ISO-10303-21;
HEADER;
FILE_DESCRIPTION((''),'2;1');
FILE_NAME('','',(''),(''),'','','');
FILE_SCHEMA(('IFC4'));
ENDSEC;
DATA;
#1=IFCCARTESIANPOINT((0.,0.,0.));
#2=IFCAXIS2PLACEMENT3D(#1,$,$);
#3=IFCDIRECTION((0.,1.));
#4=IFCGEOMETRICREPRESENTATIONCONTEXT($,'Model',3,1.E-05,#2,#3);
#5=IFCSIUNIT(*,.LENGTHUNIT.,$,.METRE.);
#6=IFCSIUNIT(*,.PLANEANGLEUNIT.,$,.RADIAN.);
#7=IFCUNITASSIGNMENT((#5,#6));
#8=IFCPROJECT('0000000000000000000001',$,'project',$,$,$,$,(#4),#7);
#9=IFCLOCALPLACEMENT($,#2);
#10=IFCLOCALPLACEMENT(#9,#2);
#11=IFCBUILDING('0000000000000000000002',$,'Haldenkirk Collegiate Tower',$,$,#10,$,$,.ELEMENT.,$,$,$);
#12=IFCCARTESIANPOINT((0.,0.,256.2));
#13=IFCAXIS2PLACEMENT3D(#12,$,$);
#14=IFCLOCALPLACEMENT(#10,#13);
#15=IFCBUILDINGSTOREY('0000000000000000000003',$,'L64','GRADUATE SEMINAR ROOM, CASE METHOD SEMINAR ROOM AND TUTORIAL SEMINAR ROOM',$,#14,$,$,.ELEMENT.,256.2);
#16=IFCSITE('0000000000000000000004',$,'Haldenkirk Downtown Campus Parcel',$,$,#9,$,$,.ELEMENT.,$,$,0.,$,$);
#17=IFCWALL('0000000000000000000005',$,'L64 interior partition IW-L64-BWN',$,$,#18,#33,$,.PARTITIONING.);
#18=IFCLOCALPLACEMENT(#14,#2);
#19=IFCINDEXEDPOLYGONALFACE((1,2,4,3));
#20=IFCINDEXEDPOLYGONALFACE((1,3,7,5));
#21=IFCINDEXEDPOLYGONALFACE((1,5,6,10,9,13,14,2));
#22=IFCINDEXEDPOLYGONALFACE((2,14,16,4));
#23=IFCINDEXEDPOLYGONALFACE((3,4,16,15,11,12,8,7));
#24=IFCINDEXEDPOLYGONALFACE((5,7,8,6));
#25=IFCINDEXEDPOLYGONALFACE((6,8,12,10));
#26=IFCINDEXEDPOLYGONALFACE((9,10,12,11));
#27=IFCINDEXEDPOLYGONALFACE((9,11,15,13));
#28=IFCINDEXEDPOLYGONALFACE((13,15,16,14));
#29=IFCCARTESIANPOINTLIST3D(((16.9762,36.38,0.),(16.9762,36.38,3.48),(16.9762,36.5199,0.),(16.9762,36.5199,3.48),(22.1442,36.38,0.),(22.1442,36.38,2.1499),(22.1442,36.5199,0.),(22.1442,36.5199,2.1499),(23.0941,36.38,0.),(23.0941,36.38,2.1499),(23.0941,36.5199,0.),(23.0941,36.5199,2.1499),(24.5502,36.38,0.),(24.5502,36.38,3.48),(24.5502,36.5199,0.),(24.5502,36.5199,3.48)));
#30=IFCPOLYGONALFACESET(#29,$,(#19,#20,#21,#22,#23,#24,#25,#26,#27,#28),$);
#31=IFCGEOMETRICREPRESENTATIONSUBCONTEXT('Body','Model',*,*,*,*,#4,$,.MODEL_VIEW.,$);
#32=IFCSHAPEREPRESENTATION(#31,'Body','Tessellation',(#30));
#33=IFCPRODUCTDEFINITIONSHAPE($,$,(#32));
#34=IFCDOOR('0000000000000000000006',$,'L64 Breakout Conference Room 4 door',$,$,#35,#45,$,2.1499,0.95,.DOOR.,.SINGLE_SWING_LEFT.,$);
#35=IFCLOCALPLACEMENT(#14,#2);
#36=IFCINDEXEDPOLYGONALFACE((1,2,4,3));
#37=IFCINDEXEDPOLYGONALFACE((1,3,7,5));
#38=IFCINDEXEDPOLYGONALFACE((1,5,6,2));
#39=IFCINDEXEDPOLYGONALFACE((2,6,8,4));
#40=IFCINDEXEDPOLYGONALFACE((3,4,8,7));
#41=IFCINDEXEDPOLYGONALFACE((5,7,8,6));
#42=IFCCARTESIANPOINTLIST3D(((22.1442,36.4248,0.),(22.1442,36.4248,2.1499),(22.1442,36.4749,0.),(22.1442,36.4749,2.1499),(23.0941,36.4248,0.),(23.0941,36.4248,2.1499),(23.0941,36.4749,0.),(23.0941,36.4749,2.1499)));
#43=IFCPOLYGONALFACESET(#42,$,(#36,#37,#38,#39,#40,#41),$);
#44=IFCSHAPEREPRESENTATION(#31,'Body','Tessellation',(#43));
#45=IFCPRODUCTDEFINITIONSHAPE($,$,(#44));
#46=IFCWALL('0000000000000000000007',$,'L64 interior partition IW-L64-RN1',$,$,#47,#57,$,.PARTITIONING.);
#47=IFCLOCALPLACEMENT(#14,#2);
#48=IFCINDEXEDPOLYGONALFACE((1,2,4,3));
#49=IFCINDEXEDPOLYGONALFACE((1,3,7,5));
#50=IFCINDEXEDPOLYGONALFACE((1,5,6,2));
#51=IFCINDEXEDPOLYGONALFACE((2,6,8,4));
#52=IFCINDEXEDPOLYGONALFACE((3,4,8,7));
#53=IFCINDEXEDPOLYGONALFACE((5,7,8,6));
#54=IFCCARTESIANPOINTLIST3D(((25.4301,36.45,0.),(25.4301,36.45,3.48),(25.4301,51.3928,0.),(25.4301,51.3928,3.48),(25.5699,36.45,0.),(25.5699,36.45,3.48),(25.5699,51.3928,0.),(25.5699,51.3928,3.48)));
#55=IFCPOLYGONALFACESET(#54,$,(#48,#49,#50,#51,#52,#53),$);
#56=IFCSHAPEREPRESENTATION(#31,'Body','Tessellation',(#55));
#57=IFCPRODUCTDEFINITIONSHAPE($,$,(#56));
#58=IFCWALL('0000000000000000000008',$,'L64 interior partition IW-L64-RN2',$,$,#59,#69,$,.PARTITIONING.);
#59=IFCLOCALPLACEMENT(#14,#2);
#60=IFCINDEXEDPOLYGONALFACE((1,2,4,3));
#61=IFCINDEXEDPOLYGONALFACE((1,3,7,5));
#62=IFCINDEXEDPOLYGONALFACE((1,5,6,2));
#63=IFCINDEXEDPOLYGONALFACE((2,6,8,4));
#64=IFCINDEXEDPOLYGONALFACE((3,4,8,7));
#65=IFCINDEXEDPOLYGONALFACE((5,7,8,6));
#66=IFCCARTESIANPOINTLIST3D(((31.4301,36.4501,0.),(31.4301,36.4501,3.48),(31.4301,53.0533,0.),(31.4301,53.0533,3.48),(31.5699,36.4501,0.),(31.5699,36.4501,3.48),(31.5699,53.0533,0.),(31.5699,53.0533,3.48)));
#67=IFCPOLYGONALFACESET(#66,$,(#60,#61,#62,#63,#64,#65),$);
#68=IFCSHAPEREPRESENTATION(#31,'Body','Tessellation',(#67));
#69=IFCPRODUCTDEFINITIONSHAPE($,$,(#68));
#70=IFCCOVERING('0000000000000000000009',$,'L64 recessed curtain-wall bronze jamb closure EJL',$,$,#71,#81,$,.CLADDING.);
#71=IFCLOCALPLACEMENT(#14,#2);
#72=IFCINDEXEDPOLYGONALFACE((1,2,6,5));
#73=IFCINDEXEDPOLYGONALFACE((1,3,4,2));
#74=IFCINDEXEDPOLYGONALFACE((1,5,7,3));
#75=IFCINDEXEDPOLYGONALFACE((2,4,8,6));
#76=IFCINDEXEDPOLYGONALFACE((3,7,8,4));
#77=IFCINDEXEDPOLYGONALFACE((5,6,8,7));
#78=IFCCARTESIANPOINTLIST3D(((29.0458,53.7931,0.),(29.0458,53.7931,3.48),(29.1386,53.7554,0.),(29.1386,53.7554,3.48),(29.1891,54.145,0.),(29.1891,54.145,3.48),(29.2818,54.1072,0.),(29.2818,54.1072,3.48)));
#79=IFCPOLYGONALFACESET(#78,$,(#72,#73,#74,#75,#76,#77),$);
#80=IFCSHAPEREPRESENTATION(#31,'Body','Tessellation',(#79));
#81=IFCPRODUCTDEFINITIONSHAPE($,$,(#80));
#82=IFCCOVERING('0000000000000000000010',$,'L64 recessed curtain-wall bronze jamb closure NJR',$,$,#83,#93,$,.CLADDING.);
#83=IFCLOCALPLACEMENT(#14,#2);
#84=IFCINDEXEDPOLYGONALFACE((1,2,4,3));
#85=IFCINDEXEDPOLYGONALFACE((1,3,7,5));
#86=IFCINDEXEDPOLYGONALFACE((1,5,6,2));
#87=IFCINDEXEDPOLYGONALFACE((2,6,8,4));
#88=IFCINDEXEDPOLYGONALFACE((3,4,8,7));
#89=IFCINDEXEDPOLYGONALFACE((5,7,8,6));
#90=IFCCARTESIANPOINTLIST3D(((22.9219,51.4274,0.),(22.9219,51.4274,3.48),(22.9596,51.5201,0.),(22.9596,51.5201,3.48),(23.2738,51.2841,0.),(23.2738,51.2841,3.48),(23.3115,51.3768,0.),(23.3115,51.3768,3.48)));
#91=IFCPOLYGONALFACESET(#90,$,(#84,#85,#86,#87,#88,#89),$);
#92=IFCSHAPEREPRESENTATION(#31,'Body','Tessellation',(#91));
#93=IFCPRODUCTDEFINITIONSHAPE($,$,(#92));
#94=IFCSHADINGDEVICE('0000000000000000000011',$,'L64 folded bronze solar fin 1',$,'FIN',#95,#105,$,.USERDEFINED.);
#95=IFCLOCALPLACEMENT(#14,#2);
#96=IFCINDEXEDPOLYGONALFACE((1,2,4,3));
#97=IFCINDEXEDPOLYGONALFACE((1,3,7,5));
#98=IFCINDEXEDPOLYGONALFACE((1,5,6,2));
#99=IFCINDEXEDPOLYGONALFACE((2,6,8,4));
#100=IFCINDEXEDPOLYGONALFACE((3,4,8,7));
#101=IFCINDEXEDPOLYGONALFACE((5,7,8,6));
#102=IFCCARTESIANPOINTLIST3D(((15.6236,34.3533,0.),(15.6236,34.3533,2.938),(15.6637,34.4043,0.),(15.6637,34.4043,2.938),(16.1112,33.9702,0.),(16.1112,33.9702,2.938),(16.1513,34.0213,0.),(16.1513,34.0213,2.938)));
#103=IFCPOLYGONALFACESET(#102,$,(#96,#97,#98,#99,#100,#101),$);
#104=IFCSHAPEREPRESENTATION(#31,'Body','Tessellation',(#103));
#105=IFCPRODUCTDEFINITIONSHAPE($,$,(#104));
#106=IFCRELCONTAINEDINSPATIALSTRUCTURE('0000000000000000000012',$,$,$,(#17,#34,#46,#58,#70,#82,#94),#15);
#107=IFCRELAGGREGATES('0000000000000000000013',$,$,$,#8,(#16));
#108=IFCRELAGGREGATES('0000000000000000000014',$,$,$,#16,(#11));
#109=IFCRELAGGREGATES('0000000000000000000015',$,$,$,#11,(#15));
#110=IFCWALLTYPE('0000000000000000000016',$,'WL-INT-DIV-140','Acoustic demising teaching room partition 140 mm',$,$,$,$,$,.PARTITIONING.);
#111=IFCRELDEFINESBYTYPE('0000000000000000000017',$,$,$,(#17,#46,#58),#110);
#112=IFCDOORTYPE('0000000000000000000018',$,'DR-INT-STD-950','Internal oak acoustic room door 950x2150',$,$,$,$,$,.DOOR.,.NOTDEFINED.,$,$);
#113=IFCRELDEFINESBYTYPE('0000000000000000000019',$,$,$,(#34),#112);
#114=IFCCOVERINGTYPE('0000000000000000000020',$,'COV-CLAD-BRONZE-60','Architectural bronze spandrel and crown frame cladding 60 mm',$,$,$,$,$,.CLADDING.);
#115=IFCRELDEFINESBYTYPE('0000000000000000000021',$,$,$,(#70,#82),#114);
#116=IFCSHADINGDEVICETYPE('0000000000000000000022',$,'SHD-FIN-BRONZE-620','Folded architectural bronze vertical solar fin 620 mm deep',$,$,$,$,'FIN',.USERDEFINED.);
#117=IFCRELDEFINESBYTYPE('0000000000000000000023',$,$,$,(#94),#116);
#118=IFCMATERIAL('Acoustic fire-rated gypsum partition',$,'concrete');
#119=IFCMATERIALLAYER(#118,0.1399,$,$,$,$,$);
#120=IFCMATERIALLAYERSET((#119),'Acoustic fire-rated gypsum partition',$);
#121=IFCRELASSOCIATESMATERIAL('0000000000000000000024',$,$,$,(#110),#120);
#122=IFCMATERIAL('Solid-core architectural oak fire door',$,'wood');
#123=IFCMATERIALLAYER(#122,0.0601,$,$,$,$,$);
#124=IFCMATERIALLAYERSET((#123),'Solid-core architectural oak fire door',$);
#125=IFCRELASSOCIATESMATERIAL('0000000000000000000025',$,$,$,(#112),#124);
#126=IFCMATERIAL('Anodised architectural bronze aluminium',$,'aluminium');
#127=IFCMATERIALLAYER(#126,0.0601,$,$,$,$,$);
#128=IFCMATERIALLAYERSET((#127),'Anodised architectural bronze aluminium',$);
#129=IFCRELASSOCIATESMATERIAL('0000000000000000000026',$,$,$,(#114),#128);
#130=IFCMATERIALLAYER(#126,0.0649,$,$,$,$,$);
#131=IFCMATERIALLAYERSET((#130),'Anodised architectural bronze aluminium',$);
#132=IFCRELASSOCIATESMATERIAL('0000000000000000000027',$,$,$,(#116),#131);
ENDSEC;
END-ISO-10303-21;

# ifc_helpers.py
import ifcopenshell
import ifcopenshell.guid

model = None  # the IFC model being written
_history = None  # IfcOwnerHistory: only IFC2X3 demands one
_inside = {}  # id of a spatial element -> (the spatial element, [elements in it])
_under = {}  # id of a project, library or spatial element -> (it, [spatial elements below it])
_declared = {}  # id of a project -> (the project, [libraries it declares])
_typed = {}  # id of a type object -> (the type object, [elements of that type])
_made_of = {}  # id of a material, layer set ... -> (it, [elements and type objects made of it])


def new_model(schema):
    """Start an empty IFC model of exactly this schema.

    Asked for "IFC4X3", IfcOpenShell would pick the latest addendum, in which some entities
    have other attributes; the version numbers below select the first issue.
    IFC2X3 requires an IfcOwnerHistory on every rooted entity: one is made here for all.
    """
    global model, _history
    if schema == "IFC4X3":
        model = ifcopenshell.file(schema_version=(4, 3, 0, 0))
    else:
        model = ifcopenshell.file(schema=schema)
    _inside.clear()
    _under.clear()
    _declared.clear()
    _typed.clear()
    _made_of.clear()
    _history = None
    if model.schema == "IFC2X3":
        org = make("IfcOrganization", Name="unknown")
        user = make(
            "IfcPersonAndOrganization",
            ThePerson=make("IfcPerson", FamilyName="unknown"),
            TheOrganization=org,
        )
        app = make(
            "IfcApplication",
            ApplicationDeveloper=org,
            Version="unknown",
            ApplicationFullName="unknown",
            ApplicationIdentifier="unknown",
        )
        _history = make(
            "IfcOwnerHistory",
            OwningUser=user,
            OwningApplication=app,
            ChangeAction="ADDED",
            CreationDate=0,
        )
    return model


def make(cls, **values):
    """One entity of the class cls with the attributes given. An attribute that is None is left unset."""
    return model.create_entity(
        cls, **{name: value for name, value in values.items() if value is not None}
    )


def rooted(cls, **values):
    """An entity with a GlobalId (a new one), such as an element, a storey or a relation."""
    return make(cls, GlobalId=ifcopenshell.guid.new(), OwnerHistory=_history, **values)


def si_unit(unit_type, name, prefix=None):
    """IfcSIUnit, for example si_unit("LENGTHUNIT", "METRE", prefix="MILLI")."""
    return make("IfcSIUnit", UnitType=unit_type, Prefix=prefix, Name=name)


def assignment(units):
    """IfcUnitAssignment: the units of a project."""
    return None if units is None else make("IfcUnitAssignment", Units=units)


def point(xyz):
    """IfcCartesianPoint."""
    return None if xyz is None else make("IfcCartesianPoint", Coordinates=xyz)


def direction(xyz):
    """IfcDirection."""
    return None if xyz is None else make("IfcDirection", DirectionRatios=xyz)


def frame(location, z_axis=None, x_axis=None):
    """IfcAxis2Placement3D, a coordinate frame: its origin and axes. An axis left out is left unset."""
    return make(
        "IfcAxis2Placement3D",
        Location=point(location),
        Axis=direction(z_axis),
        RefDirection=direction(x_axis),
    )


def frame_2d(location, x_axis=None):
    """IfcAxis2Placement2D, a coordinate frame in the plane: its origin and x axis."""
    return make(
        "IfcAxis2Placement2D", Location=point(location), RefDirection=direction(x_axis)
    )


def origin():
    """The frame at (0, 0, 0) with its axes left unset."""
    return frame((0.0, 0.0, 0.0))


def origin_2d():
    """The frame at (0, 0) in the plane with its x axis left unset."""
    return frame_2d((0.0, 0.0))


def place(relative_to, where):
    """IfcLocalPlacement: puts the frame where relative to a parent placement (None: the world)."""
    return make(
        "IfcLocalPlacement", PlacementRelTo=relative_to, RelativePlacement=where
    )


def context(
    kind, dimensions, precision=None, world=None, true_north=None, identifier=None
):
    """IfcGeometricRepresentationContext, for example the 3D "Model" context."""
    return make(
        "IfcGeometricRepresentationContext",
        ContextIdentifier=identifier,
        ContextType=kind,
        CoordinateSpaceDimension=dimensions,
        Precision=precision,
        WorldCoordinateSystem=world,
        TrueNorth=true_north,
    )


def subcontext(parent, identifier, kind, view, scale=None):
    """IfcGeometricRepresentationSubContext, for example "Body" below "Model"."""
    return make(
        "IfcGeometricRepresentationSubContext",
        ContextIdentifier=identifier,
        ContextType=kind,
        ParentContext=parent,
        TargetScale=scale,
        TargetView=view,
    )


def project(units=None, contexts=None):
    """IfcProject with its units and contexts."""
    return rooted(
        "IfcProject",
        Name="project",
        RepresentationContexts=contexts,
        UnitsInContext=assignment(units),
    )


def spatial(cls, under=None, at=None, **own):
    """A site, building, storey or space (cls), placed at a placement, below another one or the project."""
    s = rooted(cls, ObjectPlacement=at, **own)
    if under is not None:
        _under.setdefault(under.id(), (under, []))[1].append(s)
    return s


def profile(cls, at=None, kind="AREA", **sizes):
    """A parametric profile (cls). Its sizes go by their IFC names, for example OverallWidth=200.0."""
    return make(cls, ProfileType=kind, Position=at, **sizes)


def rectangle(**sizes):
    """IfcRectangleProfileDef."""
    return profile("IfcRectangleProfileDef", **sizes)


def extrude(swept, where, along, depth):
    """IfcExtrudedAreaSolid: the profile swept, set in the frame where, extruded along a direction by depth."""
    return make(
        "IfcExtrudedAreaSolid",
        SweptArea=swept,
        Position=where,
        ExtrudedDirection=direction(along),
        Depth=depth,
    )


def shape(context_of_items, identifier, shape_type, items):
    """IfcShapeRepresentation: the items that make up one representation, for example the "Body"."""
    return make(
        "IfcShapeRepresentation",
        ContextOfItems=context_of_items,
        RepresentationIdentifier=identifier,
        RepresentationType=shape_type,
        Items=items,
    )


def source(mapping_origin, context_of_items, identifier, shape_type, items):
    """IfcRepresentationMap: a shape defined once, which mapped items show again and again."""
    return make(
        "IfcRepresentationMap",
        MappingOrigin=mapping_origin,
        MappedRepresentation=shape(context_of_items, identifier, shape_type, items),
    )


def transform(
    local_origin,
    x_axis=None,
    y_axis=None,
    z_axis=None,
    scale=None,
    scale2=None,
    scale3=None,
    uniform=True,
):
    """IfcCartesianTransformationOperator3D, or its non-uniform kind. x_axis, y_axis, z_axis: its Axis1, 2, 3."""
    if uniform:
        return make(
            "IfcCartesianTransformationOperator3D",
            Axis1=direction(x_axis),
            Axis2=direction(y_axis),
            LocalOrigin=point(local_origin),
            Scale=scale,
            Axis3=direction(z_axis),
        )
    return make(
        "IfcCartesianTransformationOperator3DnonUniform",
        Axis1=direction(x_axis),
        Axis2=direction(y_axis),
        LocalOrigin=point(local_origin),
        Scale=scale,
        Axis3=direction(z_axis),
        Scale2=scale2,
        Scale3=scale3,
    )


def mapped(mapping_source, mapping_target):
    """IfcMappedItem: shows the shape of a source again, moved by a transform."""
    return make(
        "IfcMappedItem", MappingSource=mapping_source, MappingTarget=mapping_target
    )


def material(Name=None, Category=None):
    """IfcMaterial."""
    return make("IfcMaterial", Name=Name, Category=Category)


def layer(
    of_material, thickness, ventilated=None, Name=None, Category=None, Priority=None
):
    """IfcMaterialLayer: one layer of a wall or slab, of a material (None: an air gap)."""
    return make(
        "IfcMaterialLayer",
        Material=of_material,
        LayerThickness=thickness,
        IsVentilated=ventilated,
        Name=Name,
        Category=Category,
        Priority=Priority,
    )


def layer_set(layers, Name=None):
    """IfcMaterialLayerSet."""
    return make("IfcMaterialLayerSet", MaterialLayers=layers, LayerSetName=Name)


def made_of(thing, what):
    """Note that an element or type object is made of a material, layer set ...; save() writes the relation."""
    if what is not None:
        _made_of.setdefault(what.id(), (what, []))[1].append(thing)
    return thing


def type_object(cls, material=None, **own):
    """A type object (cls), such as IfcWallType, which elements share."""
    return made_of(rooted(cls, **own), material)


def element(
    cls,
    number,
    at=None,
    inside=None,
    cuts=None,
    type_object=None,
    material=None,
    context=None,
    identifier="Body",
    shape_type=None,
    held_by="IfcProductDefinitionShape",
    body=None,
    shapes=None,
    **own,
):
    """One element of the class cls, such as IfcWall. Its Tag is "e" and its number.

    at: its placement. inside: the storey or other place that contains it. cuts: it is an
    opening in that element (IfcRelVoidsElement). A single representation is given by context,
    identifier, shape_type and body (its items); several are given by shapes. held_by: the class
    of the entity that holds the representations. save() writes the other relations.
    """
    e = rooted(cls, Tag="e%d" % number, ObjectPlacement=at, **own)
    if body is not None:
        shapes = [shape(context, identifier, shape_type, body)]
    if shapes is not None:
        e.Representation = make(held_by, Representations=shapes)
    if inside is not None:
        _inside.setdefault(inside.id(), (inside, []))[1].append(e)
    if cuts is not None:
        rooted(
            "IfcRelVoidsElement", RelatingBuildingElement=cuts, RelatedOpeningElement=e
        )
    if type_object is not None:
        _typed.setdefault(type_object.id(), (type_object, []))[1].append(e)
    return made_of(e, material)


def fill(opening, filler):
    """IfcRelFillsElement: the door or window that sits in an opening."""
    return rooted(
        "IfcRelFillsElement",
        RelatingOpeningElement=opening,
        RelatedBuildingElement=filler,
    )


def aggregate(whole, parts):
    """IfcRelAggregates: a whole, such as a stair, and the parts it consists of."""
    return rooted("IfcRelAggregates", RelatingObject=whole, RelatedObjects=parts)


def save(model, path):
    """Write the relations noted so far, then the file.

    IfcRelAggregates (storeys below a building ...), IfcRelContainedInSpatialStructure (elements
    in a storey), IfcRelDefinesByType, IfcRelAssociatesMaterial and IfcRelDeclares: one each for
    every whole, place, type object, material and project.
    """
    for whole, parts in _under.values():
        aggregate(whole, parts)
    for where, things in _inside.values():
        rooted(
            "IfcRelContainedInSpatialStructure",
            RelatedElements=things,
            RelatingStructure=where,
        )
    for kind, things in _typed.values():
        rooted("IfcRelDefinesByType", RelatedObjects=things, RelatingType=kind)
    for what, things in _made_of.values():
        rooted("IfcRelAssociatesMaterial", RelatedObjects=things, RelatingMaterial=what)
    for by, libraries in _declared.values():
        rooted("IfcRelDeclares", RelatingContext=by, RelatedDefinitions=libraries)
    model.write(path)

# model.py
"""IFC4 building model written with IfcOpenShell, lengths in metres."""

from ifc_helpers import new_model, si_unit, direction, frame, frame_2d, origin, origin_2d, place, context, subcontext, project, spatial, rectangle, extrude, source, transform, mapped, material, layer, layer_set, type_object, element, fill, save


model = new_model("IFC4")

# Units and contexts
model_context = context("Model", 3, precision=1e-05, world=origin(), true_north=direction((0.0, 1.0)))
body_context = subcontext(model_context, "Body", "Model", "MODEL_VIEW")
ifc_project = project(units=[si_unit("LENGTHUNIT", "METRE"), si_unit("PLANEANGLEUNIT", "RADIAN")], contexts=[model_context])

# Site, building, storey
site_placement = place(None, origin())
site = spatial("IfcSite", under=ifc_project, at=site_placement, Name="Haldenkirk Downtown Campus Parcel", CompositionType="ELEMENT", RefElevation=0.0)
building_placement = place(site_placement, origin())
building = spatial("IfcBuilding", under=site, at=building_placement, Name="Haldenkirk Collegiate Tower", CompositionType="ELEMENT")
storey_placement = place(building_placement, frame((0.0, 0.0, 256.2)))
storey = spatial("IfcBuildingStorey", under=building, at=storey_placement, Name="L64", Description="GRADUATE SEMINAR ROOM, CASE METHOD SEMINAR ROOM AND TUTORIAL SEMINAR ROOM", CompositionType="ELEMENT", Elevation=256.2)

# Shared definitions
ifc_material_1 = material(Name="Anodised architectural bronze aluminium", Category="aluminium")

# Wall, opening, door
ifc_material_2 = material(Name="Acoustic fire-rated gypsum partition", Category="concrete")
ifc_material_3 = material(Name="Solid-core architectural oak fire door", Category="wood")
ifc_layer_1 = layer(ifc_material_2, 0.1399)
ifc_layer_set_1 = layer_set([ifc_layer_1], Name="Acoustic fire-rated gypsum partition")
wall_type_1 = type_object("IfcWallType", Name="WL-INT-DIV-140", Description="Acoustic demising teaching room partition 140 mm", PredefinedType="PARTITIONING", material=ifc_layer_set_1)
wall_1_placement = place(storey_placement, frame((16.9761, 36.45, 0.0), z_axis=(0.0, 0.0, 1.0), x_axis=(1.0, 0.0, 0.0)))
wall_1 = element("IfcWall", 1, at=wall_1_placement, inside=storey, type_object=wall_type_1, Name="L64 interior partition IW-L64-BWN", PredefinedType="PARTITIONING", context=body_context, shape_type="SweptSolid", body=[
    extrude(rectangle(XDim=7.574, YDim=0.1399, at=frame_2d((3.7871, 0.0))), origin(), (0.0, 0.0, 1.0), 3.48),
])
opening_1_placement = place(wall_1_placement, frame((5.168, 0.0, 0.0)))
opening_1 = element("IfcOpeningElement", 2, at=opening_1_placement, cuts=wall_1, PredefinedType="OPENING", context=body_context, shape_type="SweptSolid", body=[
    extrude(rectangle(XDim=0.95, YDim=2.1499, at=frame_2d((0.4751, 1.075))), frame((0.0, 0.0798, 0.0), z_axis=(0.0, -1.0, 0.0), x_axis=(1.0, 0.0, 0.0)), (0.0, 0.0, 1.0), 0.1599),
])
ifc_layer_2 = layer(ifc_material_3, 0.0601)
ifc_layer_set_2 = layer_set([ifc_layer_2], Name="Solid-core architectural oak fire door")
door_type_1 = type_object("IfcDoorType", Name="DR-INT-STD-950", Description="Internal oak acoustic room door 950x2150", OperationType="NOTDEFINED", PredefinedType="DOOR", material=ifc_layer_set_2)
door_1_placement = place(opening_1_placement, origin())
door_1 = element("IfcDoor", 3, at=door_1_placement, inside=storey, type_object=door_type_1, Name="L64 Breakout Conference Room 4 door", OperationType="SINGLE_SWING_LEFT", OverallHeight=2.1499, OverallWidth=0.95, PredefinedType="DOOR", context=body_context, shape_type="SweptSolid", body=[
    extrude(rectangle(XDim=0.95, YDim=2.1499, at=frame_2d((0.4751, 1.075))), frame((0.0, 0.0249, 0.0), z_axis=(0.0, -1.0, 0.0), x_axis=(1.0, 0.0, 0.0)), (0.0, 0.0, 1.0), 0.05),
])
fill(opening_1, door_1)

# Walls
wall_2_placement = place(storey_placement, frame((25.5, 36.45, 0.0), z_axis=(0.0, 0.0, 1.0), x_axis=(0.0, 1.0, 0.0)))
element("IfcWall", 4, at=wall_2_placement, inside=storey, type_object=wall_type_1, Name="L64 interior partition IW-L64-RN1", PredefinedType="PARTITIONING", context=body_context, shape_type="SweptSolid", body=[
    extrude(rectangle(XDim=14.9429, YDim=0.1399, at=frame_2d((7.4714, 0.0))), origin(), (0.0, 0.0, 1.0), 3.48),
])
wall_3_placement = place(storey_placement, frame((31.5, 36.45, 0.0), z_axis=(0.0, 0.0, 1.0), x_axis=(0.0, 1.0, 0.0)))
element("IfcWall", 5, at=wall_3_placement, inside=storey, type_object=wall_type_1, Name="L64 interior partition IW-L64-RN2", PredefinedType="PARTITIONING", context=body_context, shape_type="SweptSolid", body=[
    extrude(rectangle(XDim=16.6033, YDim=0.1399, at=frame_2d((8.3018, 0.0))), origin(), (0.0, 0.0, 1.0), 3.48),
])

# Coverings
ifc_layer_3 = layer(ifc_material_1, 0.0601)
ifc_layer_set_3 = layer_set([ifc_layer_3], Name="Anodised architectural bronze aluminium")
covering_type = type_object("IfcCoveringType", Name="COV-CLAD-BRONZE-60", Description="Architectural bronze spandrel and crown frame cladding 60 mm", PredefinedType="CLADDING", material=ifc_layer_set_3)
shared_shape_1 = source(origin(), body_context, "Body", "SweptSolid", [
    extrude(rectangle(XDim=0.1001, YDim=0.3799, at=origin_2d()), origin(), (0.0, 0.0, 1.0), 3.48),
])
for number, where, z_axis, x_axis, name in (
    (6, (29.1638, 53.9502, 0.0), (0.0, 0.0, 1.0), (0.9262, -0.377033, 0.0), "L64 recessed curtain-wall bronze jamb closure EJL"),
    (7, (23.1167, 51.4021, 0.0), (0.0, 0.0, 1.0), (0.377033, 0.9262, 0.0), "L64 recessed curtain-wall bronze jamb closure NJR"),
):
    element("IfcCovering", number, at=place(storey_placement, frame(where, z_axis=z_axis, x_axis=x_axis)), inside=storey, type_object=covering_type, Name=name, PredefinedType="CLADDING", context=body_context, shape_type="MappedRepresentation", body=[
        mapped(shared_shape_1, transform((0.0, 0.0, 0.0), x_axis=(1.0, 0.0, 0.0), y_axis=(0.0, 1.0, 0.0), z_axis=(0.0, 0.0, 1.0), scale=1.0)),
    ])

# Shading device
ifc_layer_4 = layer(ifc_material_1, 0.0649)
ifc_layer_set_4 = layer_set([ifc_layer_4], Name="Anodised architectural bronze aluminium")
shading_device_type = type_object("IfcShadingDeviceType", Name="SHD-FIN-BRONZE-620", Description="Folded architectural bronze vertical solar fin 620 mm deep", ElementType="FIN", PredefinedType="USERDEFINED", material=ifc_layer_set_4)
shared_shape_2 = source(origin(), body_context, "Body", "SweptSolid", [
    extrude(rectangle(XDim=0.6201, YDim=0.0649, at=origin_2d()), origin(), (0.0, 0.0, 1.0), 2.938),
])
shading_device_placement = place(storey_placement, frame((15.8875, 34.1873, 0.0), z_axis=(0.0, 0.0, 1.0), x_axis=(-0.786396, 0.617722, 0.0)))
element("IfcShadingDevice", 8, at=shading_device_placement, inside=storey, type_object=shading_device_type, Name="L64 folded bronze solar fin 1", ObjectType="FIN", PredefinedType="USERDEFINED", context=body_context, shape_type="MappedRepresentation", body=[
    mapped(shared_shape_2, transform((0.0, 0.0, 0.0), x_axis=(1.0, 0.0, 0.0), y_axis=(0.0, 1.0, 0.0), z_axis=(0.0, 0.0, 1.0), scale=1.0)),
])

save(model, "model.ifc")
